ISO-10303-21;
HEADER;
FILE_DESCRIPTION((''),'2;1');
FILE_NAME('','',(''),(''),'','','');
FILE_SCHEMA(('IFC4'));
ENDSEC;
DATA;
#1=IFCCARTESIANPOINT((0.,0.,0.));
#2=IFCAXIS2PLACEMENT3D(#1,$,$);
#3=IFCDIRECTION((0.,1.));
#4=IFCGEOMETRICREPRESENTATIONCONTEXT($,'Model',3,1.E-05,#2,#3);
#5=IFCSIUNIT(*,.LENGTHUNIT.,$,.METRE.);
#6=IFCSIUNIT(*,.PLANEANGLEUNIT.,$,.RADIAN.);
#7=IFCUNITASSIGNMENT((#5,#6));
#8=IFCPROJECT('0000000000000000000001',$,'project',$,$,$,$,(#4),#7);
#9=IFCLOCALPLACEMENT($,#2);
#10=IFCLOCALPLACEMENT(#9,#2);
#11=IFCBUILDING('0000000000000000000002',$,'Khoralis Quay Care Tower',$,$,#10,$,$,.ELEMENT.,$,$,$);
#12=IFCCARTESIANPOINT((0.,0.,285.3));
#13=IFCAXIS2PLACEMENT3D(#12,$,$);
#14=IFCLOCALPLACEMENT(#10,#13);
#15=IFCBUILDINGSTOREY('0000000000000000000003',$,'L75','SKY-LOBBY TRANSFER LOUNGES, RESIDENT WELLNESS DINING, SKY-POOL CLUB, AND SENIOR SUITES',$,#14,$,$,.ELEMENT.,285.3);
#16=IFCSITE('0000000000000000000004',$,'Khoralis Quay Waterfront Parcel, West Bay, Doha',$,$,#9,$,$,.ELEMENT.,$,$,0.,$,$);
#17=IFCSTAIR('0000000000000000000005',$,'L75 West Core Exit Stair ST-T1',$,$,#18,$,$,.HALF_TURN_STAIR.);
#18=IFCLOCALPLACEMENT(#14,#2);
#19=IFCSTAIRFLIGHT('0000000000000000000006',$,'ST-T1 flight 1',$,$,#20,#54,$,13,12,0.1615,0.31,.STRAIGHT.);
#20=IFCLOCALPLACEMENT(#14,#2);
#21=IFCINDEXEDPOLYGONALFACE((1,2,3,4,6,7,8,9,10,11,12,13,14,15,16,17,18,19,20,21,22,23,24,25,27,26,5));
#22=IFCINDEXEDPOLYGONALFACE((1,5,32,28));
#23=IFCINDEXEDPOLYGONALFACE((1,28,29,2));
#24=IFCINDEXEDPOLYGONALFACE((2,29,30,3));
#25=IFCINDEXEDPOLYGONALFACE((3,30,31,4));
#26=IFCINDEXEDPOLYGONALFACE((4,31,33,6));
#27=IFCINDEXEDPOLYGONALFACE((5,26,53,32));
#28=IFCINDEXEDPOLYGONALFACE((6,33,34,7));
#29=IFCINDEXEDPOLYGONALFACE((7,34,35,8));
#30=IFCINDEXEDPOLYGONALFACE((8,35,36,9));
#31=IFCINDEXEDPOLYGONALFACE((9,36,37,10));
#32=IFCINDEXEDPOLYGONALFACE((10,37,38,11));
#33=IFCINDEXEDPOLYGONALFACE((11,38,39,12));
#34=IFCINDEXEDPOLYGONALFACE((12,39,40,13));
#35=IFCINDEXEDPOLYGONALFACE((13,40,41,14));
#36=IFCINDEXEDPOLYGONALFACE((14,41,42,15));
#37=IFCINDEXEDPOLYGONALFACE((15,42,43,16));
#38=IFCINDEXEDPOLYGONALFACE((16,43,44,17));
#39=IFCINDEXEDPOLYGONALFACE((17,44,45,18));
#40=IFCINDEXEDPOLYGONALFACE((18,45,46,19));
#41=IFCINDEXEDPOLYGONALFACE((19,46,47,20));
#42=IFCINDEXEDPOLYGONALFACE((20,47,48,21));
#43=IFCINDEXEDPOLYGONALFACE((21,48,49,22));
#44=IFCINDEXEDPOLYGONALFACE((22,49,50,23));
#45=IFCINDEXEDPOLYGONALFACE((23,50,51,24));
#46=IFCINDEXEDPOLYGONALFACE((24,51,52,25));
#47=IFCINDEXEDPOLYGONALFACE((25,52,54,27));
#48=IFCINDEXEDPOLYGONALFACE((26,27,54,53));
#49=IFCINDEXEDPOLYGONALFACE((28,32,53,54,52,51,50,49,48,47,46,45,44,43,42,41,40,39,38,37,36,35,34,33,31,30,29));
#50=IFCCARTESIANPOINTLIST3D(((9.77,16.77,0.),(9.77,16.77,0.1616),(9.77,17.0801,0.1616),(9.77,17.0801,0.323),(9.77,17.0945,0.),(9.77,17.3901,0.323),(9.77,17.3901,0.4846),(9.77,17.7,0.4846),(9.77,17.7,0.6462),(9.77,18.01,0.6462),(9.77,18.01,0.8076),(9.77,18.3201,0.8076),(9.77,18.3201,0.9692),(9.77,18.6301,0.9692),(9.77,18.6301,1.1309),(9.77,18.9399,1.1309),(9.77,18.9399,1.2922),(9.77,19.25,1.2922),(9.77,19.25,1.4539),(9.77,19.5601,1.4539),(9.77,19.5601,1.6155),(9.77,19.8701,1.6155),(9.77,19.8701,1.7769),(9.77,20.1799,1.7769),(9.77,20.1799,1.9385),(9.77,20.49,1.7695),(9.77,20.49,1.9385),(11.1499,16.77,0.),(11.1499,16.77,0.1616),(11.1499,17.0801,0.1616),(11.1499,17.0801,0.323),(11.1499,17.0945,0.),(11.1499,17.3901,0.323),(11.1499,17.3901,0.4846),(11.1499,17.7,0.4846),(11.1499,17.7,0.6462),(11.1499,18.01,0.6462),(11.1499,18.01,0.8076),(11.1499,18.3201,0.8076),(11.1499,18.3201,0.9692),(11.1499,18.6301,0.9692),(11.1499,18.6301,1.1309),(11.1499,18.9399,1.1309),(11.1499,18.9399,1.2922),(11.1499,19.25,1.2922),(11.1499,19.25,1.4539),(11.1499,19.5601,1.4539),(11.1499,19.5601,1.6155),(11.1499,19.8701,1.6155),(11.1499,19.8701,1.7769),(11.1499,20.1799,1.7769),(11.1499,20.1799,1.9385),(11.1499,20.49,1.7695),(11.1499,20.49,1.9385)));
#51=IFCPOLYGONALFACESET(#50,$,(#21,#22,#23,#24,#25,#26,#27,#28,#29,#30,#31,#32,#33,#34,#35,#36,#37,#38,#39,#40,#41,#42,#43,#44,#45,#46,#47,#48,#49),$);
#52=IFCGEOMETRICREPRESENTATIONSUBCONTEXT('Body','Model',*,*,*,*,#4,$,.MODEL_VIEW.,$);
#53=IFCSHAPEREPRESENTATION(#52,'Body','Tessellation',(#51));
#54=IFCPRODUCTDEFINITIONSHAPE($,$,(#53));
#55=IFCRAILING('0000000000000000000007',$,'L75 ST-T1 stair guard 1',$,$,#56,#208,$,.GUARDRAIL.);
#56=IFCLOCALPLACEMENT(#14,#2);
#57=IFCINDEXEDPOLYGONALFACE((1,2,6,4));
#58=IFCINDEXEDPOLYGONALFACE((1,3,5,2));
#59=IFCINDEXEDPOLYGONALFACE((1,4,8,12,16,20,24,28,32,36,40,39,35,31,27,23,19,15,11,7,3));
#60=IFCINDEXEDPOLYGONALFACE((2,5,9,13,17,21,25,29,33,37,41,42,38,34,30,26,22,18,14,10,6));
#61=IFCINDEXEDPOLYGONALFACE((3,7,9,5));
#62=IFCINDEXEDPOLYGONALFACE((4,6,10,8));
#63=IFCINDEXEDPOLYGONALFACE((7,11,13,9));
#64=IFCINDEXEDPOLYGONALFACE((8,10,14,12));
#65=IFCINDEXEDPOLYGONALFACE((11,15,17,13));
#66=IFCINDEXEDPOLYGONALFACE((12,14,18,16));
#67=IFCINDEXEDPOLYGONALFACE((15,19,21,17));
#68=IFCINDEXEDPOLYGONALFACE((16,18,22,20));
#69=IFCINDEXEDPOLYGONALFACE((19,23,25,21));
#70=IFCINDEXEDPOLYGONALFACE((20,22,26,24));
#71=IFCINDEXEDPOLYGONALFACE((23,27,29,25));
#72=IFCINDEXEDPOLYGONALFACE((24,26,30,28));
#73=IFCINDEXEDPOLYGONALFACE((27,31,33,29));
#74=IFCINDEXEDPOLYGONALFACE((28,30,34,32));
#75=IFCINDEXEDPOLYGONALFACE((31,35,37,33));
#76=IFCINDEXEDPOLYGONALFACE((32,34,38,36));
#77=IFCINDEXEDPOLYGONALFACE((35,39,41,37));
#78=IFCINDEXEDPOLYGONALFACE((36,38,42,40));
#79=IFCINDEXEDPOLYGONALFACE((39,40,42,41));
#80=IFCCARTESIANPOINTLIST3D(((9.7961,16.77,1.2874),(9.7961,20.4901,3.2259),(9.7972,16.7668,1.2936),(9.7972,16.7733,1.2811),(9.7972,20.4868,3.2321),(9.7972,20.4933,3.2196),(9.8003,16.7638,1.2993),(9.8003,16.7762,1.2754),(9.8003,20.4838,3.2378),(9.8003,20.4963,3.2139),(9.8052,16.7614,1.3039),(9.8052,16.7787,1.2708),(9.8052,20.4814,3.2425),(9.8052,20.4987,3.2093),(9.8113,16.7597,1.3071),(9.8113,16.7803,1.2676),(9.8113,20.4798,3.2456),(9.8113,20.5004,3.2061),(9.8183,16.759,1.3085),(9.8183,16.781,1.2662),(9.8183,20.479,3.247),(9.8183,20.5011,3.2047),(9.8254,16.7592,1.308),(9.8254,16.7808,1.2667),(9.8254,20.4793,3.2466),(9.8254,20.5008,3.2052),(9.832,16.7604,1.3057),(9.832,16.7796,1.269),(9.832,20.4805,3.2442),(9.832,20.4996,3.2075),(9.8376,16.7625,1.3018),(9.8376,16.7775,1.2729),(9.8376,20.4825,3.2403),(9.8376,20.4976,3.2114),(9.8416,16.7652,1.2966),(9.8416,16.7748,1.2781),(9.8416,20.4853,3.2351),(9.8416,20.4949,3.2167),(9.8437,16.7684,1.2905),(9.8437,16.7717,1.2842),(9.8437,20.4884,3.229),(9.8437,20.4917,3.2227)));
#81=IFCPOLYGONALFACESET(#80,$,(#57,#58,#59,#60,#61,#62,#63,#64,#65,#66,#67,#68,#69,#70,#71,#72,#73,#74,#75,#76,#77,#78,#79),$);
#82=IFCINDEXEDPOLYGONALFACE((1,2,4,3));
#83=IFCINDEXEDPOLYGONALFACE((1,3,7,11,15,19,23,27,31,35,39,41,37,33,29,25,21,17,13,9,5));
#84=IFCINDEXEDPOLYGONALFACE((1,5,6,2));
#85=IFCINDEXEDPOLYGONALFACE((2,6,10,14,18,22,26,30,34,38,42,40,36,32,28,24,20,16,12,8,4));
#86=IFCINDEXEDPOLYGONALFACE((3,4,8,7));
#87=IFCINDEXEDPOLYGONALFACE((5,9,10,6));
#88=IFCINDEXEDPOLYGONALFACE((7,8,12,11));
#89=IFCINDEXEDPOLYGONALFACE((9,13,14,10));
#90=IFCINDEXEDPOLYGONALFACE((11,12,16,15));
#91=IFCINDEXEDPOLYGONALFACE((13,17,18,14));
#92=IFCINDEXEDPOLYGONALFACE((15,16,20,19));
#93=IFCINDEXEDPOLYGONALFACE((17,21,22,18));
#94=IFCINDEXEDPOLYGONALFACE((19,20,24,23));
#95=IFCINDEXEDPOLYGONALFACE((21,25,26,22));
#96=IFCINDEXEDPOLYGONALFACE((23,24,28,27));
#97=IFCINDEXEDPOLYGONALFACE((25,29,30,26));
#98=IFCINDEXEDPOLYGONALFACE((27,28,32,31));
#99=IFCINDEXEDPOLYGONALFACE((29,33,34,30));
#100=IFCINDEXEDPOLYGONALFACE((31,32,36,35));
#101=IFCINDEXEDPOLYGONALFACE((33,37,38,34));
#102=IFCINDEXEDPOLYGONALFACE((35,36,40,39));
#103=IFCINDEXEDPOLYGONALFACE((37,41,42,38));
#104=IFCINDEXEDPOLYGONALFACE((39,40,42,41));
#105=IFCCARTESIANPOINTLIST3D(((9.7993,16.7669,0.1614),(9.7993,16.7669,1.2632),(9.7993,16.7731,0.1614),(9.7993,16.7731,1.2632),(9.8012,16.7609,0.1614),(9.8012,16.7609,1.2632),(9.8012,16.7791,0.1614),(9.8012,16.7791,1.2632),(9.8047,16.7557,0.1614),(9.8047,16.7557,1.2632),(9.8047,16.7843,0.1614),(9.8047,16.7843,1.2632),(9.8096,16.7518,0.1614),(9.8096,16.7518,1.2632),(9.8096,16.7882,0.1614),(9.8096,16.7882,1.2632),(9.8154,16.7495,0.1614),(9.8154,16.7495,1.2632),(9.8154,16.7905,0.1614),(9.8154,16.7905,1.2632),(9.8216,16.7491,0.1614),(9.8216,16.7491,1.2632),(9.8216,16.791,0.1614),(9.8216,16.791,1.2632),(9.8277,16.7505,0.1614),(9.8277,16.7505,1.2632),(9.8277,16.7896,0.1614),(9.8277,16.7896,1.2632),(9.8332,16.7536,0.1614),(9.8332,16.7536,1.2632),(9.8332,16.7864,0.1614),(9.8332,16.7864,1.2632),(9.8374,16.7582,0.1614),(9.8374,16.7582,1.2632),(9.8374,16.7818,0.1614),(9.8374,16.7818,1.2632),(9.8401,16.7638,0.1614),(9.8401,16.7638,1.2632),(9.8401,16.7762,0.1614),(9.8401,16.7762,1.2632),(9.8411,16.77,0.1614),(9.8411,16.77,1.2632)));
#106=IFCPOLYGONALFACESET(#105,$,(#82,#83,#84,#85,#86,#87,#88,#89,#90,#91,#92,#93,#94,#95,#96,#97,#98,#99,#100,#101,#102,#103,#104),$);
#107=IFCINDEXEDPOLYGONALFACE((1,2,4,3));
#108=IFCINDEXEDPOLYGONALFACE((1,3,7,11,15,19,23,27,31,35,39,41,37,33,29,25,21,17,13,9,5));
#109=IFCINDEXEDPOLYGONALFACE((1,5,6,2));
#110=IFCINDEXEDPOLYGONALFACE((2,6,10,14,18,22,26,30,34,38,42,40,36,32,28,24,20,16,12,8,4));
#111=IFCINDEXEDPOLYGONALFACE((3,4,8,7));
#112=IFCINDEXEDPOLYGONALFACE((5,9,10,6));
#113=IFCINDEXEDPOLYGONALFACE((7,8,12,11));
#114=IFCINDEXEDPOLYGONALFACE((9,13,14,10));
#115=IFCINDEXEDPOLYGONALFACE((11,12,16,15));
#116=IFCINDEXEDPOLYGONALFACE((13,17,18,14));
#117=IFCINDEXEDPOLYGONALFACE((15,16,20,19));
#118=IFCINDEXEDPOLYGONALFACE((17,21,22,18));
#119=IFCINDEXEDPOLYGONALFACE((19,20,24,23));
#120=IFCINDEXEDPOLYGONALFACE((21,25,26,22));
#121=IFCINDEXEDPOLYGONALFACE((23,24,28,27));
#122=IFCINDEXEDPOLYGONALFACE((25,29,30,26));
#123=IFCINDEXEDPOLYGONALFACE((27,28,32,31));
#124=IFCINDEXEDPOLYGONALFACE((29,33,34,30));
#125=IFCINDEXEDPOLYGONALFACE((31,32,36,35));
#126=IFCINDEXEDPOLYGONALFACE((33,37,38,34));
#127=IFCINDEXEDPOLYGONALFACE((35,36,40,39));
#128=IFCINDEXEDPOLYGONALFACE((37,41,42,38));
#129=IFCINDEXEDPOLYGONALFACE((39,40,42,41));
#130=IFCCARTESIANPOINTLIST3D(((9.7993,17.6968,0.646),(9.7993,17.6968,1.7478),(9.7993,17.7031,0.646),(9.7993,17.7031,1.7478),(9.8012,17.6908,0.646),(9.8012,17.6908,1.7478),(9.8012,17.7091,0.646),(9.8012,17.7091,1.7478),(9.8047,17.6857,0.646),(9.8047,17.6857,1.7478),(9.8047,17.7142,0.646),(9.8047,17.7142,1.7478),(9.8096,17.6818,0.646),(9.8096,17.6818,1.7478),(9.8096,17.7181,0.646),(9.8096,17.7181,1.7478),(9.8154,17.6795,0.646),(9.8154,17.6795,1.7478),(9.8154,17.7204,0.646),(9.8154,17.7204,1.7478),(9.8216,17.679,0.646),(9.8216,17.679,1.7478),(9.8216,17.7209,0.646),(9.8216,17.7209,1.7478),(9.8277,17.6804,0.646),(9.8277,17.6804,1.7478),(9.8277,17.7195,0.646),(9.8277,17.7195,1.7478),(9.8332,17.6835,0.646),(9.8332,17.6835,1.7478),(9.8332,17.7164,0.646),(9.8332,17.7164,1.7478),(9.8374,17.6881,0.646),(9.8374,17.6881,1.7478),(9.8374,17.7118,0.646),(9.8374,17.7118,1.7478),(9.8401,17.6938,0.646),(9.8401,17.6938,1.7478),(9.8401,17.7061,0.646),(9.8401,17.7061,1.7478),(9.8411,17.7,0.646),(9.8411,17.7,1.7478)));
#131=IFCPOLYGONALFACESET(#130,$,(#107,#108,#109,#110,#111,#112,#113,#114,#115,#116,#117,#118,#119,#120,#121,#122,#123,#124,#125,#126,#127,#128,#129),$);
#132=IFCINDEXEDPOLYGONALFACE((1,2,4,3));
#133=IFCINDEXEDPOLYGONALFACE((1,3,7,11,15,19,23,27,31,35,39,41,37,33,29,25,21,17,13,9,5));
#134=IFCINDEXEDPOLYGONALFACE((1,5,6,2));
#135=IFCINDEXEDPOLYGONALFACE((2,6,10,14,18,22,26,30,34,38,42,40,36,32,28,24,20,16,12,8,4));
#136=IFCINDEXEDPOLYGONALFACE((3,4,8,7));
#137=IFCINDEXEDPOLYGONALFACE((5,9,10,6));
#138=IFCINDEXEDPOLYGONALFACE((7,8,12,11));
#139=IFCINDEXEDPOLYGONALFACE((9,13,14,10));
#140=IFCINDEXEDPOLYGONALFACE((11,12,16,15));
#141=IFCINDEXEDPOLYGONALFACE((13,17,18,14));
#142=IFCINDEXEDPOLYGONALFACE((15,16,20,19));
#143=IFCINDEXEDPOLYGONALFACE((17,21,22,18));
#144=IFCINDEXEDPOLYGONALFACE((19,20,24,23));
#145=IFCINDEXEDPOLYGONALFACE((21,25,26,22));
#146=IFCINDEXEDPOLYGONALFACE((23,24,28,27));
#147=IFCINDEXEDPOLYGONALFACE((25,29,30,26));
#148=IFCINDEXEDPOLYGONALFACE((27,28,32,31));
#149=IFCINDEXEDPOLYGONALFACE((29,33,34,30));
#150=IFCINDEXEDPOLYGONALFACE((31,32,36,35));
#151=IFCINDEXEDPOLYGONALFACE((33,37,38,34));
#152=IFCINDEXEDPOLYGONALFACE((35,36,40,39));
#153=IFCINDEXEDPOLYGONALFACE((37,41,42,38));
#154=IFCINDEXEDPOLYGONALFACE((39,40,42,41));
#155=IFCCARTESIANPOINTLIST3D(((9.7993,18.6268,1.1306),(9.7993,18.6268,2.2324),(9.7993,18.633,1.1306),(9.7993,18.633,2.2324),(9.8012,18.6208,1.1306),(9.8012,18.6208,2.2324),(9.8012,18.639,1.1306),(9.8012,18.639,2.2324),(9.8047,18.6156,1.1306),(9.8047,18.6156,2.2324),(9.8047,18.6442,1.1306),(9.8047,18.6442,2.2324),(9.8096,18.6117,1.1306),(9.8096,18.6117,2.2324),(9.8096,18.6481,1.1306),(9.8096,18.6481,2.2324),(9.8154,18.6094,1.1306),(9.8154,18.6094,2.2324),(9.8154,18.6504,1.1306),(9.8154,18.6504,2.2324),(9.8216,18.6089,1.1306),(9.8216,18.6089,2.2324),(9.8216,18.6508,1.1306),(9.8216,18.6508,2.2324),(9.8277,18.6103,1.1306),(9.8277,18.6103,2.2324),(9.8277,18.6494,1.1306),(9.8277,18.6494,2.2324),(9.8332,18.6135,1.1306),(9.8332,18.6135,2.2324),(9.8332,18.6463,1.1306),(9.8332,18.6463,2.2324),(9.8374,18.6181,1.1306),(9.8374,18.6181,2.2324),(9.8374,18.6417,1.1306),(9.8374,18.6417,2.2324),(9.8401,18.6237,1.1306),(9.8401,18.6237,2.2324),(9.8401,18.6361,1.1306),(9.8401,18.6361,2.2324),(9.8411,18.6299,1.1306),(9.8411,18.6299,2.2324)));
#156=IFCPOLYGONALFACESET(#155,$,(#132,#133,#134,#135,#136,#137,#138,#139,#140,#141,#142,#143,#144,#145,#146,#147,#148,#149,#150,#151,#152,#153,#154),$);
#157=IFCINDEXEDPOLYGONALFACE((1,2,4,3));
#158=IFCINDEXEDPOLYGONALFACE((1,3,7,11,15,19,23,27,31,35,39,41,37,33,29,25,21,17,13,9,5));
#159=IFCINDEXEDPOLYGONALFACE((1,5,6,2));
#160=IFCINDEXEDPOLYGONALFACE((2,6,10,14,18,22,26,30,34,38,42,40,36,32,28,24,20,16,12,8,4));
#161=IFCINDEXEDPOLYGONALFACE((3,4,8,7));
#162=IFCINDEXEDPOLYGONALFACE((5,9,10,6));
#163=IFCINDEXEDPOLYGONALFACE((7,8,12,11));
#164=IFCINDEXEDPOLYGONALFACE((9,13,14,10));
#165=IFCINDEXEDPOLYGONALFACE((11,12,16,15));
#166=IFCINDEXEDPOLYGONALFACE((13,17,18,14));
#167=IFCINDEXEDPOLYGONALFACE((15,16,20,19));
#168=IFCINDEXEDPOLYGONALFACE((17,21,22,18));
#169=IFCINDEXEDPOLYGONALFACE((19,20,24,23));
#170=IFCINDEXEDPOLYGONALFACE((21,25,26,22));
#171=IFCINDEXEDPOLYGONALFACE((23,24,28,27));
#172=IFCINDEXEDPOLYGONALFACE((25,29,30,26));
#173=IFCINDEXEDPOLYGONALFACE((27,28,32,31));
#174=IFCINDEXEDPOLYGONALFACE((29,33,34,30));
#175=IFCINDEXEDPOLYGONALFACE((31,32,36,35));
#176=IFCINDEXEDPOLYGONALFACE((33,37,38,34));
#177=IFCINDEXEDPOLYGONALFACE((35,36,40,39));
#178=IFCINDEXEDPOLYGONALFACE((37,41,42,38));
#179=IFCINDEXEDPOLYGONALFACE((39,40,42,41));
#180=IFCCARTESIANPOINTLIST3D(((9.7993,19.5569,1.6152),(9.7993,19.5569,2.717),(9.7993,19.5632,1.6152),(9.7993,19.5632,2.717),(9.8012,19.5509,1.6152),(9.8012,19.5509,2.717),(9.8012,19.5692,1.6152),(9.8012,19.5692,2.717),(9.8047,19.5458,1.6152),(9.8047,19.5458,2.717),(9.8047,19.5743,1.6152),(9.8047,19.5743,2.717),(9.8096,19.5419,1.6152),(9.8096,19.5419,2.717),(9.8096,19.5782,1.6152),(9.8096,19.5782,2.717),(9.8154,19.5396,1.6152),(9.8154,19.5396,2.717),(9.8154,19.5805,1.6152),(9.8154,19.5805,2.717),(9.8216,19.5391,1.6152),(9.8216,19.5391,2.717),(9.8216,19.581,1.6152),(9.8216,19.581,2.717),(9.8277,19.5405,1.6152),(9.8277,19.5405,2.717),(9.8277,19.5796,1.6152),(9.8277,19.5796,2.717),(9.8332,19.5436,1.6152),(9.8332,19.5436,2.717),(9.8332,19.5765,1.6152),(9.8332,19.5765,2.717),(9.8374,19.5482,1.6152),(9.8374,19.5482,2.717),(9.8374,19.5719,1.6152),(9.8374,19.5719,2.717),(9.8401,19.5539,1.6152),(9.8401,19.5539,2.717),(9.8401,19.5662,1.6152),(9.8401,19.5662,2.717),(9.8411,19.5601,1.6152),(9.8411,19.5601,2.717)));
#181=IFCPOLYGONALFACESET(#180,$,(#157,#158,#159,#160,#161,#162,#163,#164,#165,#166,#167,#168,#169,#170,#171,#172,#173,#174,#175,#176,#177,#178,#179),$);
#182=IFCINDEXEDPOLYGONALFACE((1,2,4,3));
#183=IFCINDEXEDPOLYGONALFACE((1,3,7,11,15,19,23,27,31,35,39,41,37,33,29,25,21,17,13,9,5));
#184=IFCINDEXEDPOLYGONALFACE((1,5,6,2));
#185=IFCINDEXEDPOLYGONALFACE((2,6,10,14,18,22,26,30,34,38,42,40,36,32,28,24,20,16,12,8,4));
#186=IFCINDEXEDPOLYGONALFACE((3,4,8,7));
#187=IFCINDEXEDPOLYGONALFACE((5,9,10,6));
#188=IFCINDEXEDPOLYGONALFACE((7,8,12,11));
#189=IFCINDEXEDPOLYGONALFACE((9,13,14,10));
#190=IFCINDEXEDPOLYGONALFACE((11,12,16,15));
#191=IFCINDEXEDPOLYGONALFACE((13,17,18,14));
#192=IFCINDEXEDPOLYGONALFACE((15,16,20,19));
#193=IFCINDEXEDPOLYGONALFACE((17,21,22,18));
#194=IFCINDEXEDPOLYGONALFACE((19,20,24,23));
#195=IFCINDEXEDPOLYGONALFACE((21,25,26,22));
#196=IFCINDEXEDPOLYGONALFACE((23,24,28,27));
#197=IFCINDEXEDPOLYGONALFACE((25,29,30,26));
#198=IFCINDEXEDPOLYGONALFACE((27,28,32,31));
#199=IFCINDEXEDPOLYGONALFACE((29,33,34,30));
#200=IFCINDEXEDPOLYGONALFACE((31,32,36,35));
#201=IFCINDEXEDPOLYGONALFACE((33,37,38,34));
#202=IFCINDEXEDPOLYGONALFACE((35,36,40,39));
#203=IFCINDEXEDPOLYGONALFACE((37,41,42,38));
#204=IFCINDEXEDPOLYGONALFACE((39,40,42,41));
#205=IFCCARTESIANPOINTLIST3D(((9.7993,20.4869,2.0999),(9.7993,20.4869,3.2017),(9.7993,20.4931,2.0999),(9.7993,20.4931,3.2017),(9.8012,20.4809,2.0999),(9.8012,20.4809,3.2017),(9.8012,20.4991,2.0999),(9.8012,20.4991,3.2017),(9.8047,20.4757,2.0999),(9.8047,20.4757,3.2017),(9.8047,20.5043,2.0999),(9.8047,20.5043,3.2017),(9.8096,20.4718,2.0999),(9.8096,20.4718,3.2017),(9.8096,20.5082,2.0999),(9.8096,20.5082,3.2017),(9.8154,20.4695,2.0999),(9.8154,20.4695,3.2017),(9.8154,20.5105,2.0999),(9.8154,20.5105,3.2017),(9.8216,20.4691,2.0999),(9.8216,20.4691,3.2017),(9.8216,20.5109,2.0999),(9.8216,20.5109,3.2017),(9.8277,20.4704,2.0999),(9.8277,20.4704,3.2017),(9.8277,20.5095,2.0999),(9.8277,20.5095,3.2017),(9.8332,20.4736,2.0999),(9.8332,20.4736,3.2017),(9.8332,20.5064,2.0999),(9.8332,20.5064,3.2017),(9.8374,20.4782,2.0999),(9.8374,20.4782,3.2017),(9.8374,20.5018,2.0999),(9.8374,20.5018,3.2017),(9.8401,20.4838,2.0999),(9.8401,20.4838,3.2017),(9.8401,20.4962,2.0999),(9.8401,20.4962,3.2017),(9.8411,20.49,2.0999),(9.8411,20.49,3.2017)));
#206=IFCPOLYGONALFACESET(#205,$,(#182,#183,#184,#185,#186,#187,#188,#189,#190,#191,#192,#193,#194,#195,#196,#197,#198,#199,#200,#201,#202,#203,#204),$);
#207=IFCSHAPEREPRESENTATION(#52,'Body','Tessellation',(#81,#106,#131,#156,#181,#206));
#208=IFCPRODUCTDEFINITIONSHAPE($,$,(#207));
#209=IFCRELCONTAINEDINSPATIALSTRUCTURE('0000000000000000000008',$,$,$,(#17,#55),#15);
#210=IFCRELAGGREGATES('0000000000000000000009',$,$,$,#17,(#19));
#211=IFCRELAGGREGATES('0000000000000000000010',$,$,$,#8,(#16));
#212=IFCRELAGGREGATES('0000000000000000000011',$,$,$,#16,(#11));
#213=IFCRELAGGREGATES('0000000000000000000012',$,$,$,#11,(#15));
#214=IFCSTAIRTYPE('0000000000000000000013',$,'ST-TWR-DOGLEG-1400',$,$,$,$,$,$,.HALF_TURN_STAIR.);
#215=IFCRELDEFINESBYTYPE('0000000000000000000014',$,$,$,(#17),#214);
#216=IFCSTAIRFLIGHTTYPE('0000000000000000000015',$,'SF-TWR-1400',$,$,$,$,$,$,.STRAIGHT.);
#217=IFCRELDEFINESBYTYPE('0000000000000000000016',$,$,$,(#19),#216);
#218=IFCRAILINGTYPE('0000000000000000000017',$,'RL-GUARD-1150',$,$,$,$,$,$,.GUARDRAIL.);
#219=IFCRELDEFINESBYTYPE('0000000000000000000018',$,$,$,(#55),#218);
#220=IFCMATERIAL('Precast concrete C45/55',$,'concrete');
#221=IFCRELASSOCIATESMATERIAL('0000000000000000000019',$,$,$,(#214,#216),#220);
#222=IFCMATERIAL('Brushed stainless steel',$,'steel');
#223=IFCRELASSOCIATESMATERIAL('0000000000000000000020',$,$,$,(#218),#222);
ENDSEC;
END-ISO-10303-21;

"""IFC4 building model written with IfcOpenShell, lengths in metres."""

from ifc_helpers import new_model, si_unit, direction, frame, origin, origin_2d, place, context, subcontext, project, spatial, polyline, circle, outline, extrude, source, transform, mapped, material, type_object, element, aggregate, save


model = new_model("IFC4")

# Units and contexts
model_context = context("Model", 3, precision=1e-05, world=origin(), true_north=direction((0.0, 1.0)))
body_context = subcontext(model_context, "Body", "Model", "MODEL_VIEW")
ifc_project = project(units=[si_unit("LENGTHUNIT", "METRE"), si_unit("PLANEANGLEUNIT", "RADIAN")], contexts=[model_context])

# Site, building, storey
site_placement = place(None, origin())
site = spatial("IfcSite", under=ifc_project, at=site_placement, Name="Khoralis Quay Waterfront Parcel, West Bay, Doha", CompositionType="ELEMENT", RefElevation=0.0)
building_placement = place(site_placement, origin())
building = spatial("IfcBuilding", under=site, at=building_placement, Name="Khoralis Quay Care Tower", CompositionType="ELEMENT")
storey_placement = place(building_placement, frame((0.0, 0.0, 285.3)))
storey = spatial("IfcBuildingStorey", under=building, at=storey_placement, Name="L75", Description="SKY-LOBBY TRANSFER LOUNGES, RESIDENT WELLNESS DINING, SKY-POOL CLUB, AND SENIOR SUITES", CompositionType="ELEMENT", Elevation=285.3)

# Shared definitions
ifc_material_1 = material(Name="Brushed stainless steel", Category="steel")

# Shared definitions
ifc_material_2 = material(Name="Precast concrete C45/55", Category="concrete")

# Stair, stair flight
stair_type = type_object("IfcStairType", Name="ST-TWR-DOGLEG-1400", PredefinedType="HALF_TURN_STAIR", material=ifc_material_2)
stair_placement = place(storey_placement, origin())
stair = element("IfcStair", 1, at=stair_placement, inside=storey, type_object=stair_type, Name="L75 West Core Exit Stair ST-T1", PredefinedType="HALF_TURN_STAIR")
stair_flight_type = type_object("IfcStairFlightType", Name="SF-TWR-1400", PredefinedType="STRAIGHT", material=ifc_material_2)
shared_shape_1 = source(origin(), body_context, "Body", "SweptSolid", [
    extrude(outline(polyline([(0.0, 0.0), (0.0, 0.1616), (0.3101, 0.1616), (0.3101, 0.323), (0.6201, 0.323), (0.6201, 0.4846), (0.9299, 0.4846), (0.9299, 0.6462), (1.24, 0.6462), (1.24, 0.8076), (1.55, 0.8076), (1.55, 0.9692), (1.8601, 0.9692), (1.8601, 1.1309), (2.1699, 1.1309), (2.1699, 1.2922), (2.48, 1.2922), (2.48, 1.4539), (2.79, 1.4539), (2.79, 1.6155), (3.1001, 1.6155), (3.1001, 1.7769), (3.4099, 1.7769), (3.4099, 1.9385), (3.72, 1.9385), (3.72, 2.1001), (3.72, 1.7695), (0.3245, 0.0), (0.0, 0.0)])), frame((0.0, 0.6899, 0.0), z_axis=(0.0, -1.0, 0.0), x_axis=(1.0, 0.0, 0.0)), (0.0, 0.0, 1.0), 1.3799),
])
stair_flight_placement = place(storey_placement, frame((10.46, 16.77, 0.0), z_axis=(0.0, 0.0, 1.0), x_axis=(0.0, 1.0, 0.0)))
stair_flight = element("IfcStairFlight", 2, at=stair_flight_placement, type_object=stair_flight_type, Name="ST-T1 flight 1", NumberOfRisers=13, NumberOfTreads=12, PredefinedType="STRAIGHT", RiserHeight=0.1615, TreadLength=0.31, context=body_context, shape_type="MappedRepresentation", body=[
    mapped(shared_shape_1, transform((0.0, 0.0, 0.0), scale=1.0)),
])
aggregate(stair, [stair_flight])

# Railing
railing_type_1 = type_object("IfcRailingType", Name="RL-GUARD-1150", PredefinedType="GUARDRAIL", material=ifc_material_1)
railing_1_placement = place(storey_placement, frame((9.8201, 16.77, 0.1614)))
element("IfcRailing", 3, at=railing_1_placement, inside=storey, type_object=railing_type_1, Name="L75 ST-T1 stair guard 1", PredefinedType="GUARDRAIL", context=body_context, shape_type="SweptSolid", body=[
    extrude(circle(Radius=0.0239, at=origin_2d()), frame((0.0, 0.0, 1.126), z_axis=(0.0, 0.886817, 0.46212), x_axis=(-1.0, 0.0, 0.0)), (0.0, 0.0, 1.0), 4.1948),
    extrude(circle(Radius=0.021, at=origin_2d()), origin(), (0.0, 0.0, 1.0), 1.1018),
    extrude(circle(Radius=0.021, at=origin_2d()), frame((0.0, 0.9299, 0.4846)), (0.0, 0.0, 1.0), 1.1018),
    extrude(circle(Radius=0.021, at=origin_2d()), frame((0.0, 1.8599, 0.9692)), (0.0, 0.0, 1.0), 1.1018),
    extrude(circle(Radius=0.021, at=origin_2d()), frame((0.0, 2.79, 1.4539)), (0.0, 0.0, 1.0), 1.1018),
    extrude(circle(Radius=0.021, at=origin_2d()), frame((0.0, 3.72, 1.9385)), (0.0, 0.0, 1.0), 1.1018),
])

save(model, "model.ifc")
